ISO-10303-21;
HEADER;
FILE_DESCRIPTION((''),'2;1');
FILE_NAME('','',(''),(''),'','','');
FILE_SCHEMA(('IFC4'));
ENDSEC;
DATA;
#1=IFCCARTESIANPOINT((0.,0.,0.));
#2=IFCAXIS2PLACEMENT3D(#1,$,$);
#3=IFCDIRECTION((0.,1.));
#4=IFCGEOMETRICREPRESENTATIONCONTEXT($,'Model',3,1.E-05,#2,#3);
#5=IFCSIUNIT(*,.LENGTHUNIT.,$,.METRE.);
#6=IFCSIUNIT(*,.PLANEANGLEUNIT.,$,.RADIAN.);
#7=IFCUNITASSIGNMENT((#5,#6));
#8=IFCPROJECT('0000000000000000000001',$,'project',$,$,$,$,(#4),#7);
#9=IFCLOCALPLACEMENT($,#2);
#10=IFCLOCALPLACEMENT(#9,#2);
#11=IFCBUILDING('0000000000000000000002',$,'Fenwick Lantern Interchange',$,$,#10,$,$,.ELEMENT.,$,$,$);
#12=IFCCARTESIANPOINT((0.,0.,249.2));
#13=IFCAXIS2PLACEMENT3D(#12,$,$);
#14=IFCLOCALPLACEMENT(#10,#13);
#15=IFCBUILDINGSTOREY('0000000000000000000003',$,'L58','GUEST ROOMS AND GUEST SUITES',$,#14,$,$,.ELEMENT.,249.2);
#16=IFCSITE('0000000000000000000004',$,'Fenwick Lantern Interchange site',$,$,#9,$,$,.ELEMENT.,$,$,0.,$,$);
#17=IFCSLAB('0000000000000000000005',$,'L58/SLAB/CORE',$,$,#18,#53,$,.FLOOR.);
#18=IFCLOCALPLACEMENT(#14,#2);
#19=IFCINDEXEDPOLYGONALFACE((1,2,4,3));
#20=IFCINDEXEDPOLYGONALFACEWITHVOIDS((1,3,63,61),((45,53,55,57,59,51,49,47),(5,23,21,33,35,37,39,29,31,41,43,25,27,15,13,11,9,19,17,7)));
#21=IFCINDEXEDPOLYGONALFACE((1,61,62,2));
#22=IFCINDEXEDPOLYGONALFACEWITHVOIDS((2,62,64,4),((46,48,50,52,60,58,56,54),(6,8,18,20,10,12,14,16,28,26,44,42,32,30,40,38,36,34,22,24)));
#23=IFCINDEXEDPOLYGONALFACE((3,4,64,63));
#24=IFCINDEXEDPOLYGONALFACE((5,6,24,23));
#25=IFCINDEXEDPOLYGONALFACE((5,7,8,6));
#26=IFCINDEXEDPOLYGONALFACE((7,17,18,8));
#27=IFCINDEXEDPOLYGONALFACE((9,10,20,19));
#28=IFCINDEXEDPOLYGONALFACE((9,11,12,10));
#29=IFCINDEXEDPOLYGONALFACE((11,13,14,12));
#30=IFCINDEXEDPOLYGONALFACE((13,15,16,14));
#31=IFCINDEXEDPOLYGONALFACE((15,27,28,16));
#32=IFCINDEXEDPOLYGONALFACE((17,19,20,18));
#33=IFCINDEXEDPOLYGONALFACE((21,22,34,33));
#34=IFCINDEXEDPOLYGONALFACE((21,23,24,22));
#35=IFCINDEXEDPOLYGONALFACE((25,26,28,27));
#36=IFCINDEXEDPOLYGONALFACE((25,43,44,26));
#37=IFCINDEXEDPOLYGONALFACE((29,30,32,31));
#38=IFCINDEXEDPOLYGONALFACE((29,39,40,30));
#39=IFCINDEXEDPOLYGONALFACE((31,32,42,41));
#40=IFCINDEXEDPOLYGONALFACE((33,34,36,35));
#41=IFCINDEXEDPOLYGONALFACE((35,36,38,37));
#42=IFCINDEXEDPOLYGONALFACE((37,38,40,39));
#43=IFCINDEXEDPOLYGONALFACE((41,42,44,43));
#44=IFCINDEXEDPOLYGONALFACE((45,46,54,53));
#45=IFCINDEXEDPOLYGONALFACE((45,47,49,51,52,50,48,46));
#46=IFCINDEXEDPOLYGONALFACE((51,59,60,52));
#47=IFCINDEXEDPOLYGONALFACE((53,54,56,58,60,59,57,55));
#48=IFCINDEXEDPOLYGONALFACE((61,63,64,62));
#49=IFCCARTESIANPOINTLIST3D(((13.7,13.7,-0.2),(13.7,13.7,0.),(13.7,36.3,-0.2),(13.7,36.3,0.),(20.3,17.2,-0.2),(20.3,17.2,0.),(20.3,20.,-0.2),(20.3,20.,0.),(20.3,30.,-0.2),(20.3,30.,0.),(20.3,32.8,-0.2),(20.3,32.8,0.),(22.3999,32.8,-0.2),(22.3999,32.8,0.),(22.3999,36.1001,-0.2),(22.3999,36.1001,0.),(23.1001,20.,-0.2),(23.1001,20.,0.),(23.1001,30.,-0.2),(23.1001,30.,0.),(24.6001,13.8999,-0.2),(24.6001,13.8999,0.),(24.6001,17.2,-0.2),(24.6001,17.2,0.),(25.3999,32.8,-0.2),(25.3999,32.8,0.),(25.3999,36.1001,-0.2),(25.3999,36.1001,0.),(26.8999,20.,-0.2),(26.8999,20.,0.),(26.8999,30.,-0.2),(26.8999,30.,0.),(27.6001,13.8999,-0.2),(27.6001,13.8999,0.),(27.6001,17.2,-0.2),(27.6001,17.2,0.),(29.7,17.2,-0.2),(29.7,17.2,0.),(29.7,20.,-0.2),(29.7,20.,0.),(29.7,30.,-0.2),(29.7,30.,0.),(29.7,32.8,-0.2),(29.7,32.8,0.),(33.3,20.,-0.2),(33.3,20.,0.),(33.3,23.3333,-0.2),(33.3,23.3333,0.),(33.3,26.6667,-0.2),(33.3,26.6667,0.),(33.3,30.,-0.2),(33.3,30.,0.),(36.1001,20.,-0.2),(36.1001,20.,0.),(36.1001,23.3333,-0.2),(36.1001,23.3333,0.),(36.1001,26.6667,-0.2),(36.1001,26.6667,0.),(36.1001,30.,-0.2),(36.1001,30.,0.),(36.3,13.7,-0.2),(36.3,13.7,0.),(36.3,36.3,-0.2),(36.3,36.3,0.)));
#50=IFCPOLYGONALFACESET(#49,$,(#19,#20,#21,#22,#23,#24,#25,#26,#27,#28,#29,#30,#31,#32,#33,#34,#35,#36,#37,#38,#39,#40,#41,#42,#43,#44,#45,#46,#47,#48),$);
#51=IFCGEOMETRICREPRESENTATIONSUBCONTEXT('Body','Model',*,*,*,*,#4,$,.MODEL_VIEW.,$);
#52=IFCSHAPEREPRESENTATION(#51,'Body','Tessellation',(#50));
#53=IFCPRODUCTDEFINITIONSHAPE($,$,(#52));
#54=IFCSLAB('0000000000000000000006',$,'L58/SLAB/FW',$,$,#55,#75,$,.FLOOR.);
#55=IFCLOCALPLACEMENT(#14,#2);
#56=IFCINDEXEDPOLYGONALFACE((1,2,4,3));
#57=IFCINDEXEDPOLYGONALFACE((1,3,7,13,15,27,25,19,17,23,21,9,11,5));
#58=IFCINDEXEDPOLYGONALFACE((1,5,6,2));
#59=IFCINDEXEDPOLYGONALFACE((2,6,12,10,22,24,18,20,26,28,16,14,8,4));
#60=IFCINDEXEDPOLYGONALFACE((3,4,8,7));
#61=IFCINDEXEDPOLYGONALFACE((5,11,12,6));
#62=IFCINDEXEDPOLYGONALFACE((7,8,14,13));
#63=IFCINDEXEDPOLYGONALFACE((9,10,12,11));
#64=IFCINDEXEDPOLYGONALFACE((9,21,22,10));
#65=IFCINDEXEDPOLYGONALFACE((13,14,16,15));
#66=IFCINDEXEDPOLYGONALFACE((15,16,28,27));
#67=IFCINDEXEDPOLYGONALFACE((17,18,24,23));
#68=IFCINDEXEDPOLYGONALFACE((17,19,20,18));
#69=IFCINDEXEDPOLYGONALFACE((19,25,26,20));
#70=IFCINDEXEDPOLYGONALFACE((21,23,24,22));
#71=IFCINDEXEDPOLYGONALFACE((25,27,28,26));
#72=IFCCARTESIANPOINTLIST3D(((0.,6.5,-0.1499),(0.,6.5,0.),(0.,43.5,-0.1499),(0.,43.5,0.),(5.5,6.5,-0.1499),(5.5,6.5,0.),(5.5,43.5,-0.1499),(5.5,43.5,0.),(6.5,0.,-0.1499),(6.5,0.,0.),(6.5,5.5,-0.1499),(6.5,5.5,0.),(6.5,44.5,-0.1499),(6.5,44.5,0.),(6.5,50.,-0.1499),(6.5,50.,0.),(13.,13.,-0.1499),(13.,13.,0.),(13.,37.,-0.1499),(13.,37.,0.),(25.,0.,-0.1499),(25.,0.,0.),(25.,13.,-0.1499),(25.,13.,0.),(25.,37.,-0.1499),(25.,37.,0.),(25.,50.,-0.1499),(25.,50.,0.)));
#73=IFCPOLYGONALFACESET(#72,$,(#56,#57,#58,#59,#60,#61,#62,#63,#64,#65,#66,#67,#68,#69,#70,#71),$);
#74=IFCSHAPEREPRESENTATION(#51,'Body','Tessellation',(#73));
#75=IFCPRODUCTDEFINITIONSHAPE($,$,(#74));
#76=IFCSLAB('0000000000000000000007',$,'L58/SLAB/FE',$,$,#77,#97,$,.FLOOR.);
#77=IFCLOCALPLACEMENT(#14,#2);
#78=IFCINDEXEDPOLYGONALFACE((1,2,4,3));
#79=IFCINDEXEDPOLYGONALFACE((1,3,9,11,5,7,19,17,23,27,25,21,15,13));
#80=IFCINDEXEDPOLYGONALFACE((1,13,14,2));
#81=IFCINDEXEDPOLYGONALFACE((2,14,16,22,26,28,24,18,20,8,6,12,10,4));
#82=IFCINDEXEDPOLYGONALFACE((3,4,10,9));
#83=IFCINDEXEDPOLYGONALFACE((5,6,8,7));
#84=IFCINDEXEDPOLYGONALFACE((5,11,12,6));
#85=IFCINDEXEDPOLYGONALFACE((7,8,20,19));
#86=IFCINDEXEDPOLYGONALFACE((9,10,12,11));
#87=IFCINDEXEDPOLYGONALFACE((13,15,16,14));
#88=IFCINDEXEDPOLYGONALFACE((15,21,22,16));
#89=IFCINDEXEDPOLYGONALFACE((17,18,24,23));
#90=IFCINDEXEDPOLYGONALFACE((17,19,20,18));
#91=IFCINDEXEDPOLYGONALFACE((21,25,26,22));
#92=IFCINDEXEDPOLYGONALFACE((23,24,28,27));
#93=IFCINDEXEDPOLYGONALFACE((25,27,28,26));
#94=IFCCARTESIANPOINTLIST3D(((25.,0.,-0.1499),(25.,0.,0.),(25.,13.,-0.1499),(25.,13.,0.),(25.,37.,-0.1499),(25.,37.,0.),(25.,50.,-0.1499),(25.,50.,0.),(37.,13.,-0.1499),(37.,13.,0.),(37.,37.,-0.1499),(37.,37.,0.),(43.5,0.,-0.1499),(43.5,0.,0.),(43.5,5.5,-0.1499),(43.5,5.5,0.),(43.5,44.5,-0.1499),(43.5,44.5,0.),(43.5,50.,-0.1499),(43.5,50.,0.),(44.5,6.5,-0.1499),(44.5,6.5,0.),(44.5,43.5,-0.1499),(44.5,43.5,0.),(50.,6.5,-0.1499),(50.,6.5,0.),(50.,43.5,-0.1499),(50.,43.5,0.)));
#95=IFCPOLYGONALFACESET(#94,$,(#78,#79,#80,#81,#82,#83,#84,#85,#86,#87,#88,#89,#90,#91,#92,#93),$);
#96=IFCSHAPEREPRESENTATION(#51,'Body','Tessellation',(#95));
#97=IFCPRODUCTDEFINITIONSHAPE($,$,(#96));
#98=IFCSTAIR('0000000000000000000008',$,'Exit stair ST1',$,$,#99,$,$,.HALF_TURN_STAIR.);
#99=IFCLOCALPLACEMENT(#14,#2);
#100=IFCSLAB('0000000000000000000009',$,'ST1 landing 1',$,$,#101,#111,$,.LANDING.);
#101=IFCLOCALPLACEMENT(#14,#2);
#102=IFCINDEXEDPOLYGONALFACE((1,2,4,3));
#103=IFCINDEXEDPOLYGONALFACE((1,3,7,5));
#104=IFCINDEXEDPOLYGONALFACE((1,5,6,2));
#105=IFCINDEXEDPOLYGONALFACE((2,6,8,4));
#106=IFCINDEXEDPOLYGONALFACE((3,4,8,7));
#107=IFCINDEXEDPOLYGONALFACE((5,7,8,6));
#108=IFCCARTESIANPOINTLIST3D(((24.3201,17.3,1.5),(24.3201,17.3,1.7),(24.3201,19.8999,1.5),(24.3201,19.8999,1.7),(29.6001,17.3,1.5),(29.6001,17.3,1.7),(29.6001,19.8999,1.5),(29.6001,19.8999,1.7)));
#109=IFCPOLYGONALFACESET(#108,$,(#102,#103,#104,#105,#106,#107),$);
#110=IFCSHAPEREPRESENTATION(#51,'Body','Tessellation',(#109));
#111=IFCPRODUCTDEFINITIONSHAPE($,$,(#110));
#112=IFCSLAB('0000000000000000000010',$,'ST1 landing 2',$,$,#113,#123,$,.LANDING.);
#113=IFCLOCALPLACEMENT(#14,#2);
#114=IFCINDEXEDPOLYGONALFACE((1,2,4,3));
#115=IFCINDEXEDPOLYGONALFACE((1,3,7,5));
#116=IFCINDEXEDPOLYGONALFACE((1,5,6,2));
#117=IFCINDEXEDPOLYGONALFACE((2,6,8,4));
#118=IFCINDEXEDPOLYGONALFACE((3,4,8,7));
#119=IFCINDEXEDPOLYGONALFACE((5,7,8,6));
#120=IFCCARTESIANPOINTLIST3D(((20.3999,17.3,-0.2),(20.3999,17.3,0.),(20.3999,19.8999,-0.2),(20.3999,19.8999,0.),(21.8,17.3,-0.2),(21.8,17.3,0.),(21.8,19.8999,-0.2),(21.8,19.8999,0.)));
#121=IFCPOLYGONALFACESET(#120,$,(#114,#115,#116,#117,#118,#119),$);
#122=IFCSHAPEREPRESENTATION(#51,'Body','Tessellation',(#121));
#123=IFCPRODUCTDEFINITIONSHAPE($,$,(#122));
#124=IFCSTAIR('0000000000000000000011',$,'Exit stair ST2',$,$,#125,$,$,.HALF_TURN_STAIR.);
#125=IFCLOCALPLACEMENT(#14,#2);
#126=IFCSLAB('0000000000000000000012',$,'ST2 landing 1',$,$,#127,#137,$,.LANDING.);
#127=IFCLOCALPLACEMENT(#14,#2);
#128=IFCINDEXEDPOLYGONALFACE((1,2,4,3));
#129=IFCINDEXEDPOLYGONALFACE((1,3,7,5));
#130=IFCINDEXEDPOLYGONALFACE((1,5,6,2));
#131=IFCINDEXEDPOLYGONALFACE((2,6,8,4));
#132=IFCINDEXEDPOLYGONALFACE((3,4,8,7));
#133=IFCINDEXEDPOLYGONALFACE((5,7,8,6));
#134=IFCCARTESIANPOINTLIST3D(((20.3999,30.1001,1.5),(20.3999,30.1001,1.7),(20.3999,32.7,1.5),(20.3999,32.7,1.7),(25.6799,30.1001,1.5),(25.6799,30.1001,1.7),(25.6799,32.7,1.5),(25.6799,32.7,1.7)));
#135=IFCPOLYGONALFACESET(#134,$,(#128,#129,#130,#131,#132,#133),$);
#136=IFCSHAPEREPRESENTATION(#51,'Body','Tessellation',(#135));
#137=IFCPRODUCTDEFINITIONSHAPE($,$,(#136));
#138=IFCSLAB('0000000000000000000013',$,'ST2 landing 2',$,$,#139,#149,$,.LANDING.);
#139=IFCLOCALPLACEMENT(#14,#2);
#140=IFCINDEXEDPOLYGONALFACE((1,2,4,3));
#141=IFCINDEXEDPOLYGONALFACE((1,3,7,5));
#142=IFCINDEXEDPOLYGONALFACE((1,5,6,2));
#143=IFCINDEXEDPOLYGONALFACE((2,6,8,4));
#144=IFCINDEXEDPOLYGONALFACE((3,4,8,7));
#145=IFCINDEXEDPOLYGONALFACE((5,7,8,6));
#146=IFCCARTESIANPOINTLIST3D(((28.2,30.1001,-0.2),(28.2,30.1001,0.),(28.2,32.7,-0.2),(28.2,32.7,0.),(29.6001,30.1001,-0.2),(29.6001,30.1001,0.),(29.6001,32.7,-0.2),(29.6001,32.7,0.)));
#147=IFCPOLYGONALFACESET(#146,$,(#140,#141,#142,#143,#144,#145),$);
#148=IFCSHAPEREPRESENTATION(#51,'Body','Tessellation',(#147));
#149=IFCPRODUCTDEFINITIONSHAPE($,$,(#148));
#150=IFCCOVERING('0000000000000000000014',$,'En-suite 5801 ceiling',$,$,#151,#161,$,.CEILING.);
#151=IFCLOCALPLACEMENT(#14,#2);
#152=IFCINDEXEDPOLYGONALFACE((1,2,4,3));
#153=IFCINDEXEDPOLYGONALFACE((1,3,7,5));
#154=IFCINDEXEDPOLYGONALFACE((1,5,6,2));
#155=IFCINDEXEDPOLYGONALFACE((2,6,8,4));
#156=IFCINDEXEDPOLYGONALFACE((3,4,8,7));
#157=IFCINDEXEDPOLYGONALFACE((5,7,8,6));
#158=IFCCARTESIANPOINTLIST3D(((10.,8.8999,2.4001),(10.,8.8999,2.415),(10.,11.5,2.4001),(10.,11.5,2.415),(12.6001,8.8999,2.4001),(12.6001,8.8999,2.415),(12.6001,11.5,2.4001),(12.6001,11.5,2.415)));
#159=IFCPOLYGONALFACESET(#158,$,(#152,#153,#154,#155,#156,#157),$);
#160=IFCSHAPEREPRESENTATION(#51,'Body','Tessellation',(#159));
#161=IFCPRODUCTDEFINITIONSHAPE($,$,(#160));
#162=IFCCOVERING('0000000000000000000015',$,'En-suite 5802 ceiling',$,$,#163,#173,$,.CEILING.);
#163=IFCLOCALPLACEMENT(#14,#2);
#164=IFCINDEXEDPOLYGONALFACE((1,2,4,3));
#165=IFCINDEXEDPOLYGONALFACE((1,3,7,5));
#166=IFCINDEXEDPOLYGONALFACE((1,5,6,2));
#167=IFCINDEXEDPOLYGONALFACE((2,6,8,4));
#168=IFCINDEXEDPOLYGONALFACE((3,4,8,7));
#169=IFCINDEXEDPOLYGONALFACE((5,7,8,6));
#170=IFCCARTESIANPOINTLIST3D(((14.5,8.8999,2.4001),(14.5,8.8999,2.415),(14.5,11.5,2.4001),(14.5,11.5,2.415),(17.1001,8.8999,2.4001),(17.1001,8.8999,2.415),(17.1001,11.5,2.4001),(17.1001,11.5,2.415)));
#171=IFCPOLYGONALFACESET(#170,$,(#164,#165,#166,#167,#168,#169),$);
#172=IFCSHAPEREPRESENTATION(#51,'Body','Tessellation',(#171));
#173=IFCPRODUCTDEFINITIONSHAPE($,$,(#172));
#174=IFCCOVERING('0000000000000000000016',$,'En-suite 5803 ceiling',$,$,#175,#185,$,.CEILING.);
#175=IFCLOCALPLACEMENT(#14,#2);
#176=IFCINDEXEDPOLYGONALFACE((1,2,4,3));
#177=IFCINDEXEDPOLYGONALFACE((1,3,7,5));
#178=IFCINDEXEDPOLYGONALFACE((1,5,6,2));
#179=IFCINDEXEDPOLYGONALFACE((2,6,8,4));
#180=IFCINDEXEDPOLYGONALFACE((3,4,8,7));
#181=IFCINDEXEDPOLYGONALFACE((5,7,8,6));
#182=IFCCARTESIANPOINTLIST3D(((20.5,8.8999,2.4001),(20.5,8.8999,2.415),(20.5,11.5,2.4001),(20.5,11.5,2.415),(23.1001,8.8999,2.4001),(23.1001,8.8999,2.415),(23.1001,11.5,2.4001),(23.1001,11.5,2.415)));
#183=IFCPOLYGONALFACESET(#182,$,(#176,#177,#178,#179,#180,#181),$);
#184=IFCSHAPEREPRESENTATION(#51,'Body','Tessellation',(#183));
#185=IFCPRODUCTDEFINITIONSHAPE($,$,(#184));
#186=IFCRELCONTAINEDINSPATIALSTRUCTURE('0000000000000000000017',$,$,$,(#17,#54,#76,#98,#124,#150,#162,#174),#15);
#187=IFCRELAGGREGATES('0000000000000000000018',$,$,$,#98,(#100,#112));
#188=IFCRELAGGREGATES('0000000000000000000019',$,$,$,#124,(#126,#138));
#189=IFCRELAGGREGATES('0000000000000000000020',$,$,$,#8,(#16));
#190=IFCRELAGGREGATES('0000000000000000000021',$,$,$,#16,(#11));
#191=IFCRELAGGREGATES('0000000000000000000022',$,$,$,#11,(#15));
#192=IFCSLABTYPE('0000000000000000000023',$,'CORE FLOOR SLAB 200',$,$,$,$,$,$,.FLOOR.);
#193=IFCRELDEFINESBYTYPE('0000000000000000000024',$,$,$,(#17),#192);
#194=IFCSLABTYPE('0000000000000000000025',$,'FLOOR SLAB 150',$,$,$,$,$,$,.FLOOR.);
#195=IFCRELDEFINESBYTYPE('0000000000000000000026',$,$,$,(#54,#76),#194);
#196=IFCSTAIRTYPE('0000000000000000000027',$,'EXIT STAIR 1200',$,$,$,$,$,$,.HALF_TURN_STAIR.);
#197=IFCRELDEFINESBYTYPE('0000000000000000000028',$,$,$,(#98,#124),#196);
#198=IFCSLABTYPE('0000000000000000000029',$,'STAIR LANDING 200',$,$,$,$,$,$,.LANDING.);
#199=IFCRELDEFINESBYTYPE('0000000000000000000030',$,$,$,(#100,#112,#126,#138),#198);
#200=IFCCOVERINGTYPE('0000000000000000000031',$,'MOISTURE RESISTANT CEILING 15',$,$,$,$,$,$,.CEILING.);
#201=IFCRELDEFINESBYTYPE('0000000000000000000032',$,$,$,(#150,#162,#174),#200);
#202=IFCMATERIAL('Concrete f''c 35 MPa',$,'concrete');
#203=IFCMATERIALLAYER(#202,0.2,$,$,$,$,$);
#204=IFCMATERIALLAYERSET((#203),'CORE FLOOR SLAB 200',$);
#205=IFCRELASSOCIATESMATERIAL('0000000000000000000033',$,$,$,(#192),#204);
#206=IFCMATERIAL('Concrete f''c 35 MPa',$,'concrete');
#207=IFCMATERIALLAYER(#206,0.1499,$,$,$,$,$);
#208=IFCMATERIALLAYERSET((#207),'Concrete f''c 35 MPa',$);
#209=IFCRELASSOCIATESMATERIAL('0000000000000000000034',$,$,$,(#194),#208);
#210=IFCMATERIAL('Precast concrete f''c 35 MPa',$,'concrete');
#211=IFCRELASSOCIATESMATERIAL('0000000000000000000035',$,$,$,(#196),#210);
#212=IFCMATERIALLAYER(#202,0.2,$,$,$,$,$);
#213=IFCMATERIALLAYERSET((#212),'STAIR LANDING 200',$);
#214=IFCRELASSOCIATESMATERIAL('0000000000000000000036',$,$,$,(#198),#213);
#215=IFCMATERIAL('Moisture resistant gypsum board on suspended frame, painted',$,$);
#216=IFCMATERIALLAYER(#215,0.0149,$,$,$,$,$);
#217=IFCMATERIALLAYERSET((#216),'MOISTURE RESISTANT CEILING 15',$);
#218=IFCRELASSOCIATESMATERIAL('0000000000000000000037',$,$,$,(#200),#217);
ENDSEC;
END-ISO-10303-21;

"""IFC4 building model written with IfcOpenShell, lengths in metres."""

from ifc_helpers import new_model, si_unit, direction, frame, origin, place, context, subcontext, project, spatial, polyline, outline, extrude, material, layer, layer_set, type_object, element, aggregate, save


model = new_model("IFC4")

# Units and contexts
model_context = context("Model", 3, precision=1e-05, world=origin(), true_north=direction((0.0, 1.0)))
body_context = subcontext(model_context, "Body", "Model", "MODEL_VIEW")
ifc_project = project(units=[si_unit("LENGTHUNIT", "METRE"), si_unit("PLANEANGLEUNIT", "RADIAN")], contexts=[model_context])

# Site, building, storey
site_placement = place(None, origin())
site = spatial("IfcSite", under=ifc_project, at=site_placement, Name="Fenwick Lantern Interchange site", CompositionType="ELEMENT", RefElevation=0.0)
building_placement = place(site_placement, origin())
building = spatial("IfcBuilding", under=site, at=building_placement, Name="Fenwick Lantern Interchange", CompositionType="ELEMENT")
storey_placement = place(building_placement, frame((0.0, 0.0, 249.2)))
storey = spatial("IfcBuildingStorey", under=building, at=storey_placement, Name="L58", Description="GUEST ROOMS AND GUEST SUITES", CompositionType="ELEMENT", Elevation=249.2)

# Slabs
ifc_material_1 = material(Name="Concrete f'c 35 MPa", Category="concrete")
ifc_layer_1 = layer(ifc_material_1, 0.2)
ifc_layer_set_1 = layer_set([ifc_layer_1], Name="CORE FLOOR SLAB 200")
slab_type_1 = type_object("IfcSlabType", Name="CORE FLOOR SLAB 200", PredefinedType="FLOOR", material=ifc_layer_set_1)
slab_1_placement = place(storey_placement, frame((0.0, 0.0, -0.2)))
element("IfcSlab", 1, at=slab_1_placement, inside=storey, type_object=slab_type_1, Name="L58/SLAB/CORE", PredefinedType="FLOOR", context=body_context, shape_type="SweptSolid", body=[
    extrude(outline(polyline([(13.7, 36.3), (36.3, 36.3), (36.3, 13.7), (13.7, 13.7), (13.7, 36.3)]), holes=[polyline([(24.6001, 13.8999), (27.6001, 13.8999), (27.6001, 17.2), (29.7, 17.2), (29.7, 20.0), (26.8999, 20.0), (26.8999, 30.0), (29.7, 30.0), (29.7, 32.8), (25.3999, 32.8), (25.3999, 36.1001), (22.3999, 36.1001), (22.3999, 32.8), (20.3, 32.8), (20.3, 30.0), (23.1001, 30.0), (23.1001, 20.0), (20.3, 20.0), (20.3, 17.2), (24.6001, 17.2), (24.6001, 13.8999)]), polyline([(33.3, 20.0), (36.1001, 20.0), (36.1001, 23.3333), (36.1001, 26.6667), (36.1001, 30.0), (33.3, 30.0), (33.3, 26.6667), (33.3, 23.3333), (33.3, 20.0)])]), origin(), (0.0, 0.0, 1.0), 0.2),
])
ifc_material_2 = material(Name="Concrete f'c 35 MPa", Category="concrete")
ifc_layer_2 = layer(ifc_material_2, 0.1499)
ifc_layer_set_2 = layer_set([ifc_layer_2], Name="Concrete f'c 35 MPa")
slab_type_2 = type_object("IfcSlabType", Name="FLOOR SLAB 150", PredefinedType="FLOOR", material=ifc_layer_set_2)
slab_2_placement = place(storey_placement, frame((0.0, 0.0, -0.1499)))
element("IfcSlab", 2, at=slab_2_placement, inside=storey, type_object=slab_type_2, Name="L58/SLAB/FW", PredefinedType="FLOOR", context=body_context, shape_type="SweptSolid", body=[
    extrude(outline(polyline([(6.5, 0.0), (6.5, 5.5), (5.5, 6.5), (0.0, 6.5), (0.0, 43.5), (5.5, 43.5), (6.5, 44.5), (6.5, 50.0), (25.0, 50.0), (25.0, 37.0), (13.0, 37.0), (13.0, 13.0), (25.0, 13.0), (25.0, 0.0), (6.5, 0.0)])), origin(), (0.0, 0.0, 1.0), 0.1499),
])
slab_3_placement = place(storey_placement, frame((0.0, 0.0, -0.1499)))
element("IfcSlab", 3, at=slab_3_placement, inside=storey, type_object=slab_type_2, Name="L58/SLAB/FE", PredefinedType="FLOOR", context=body_context, shape_type="SweptSolid", body=[
    extrude(outline(polyline([(43.5, 50.0), (43.5, 44.5), (44.5, 43.5), (50.0, 43.5), (50.0, 6.5), (44.5, 6.5), (43.5, 5.5), (43.5, 0.0), (25.0, 0.0), (25.0, 13.0), (37.0, 13.0), (37.0, 37.0), (25.0, 37.0), (25.0, 50.0), (43.5, 50.0)])), origin(), (0.0, 0.0, 1.0), 0.1499),
])

# Stairs, slabs
ifc_material_3 = material(Name="Precast concrete f'c 35 MPa", Category="concrete")
stair_type = type_object("IfcStairType", Name="EXIT STAIR 1200", PredefinedType="HALF_TURN_STAIR", material=ifc_material_3)
stair_1_placement = place(storey_placement, origin())
stair_1 = element("IfcStair", 4, at=stair_1_placement, inside=storey, type_object=stair_type, Name="Exit stair ST1", PredefinedType="HALF_TURN_STAIR")
ifc_layer_3 = layer(ifc_material_1, 0.2)
ifc_layer_set_3 = layer_set([ifc_layer_3], Name="STAIR LANDING 200")
slab_type_3 = type_object("IfcSlabType", Name="STAIR LANDING 200", PredefinedType="LANDING", material=ifc_layer_set_3)
slab_4_placement = place(storey_placement, frame((0.0, 0.0, 1.5)))
slab_4 = element("IfcSlab", 5, at=slab_4_placement, type_object=slab_type_3, Name="ST1 landing 1", PredefinedType="LANDING", context=body_context, shape_type="SweptSolid", body=[
    extrude(outline(polyline([(24.3201, 17.3), (29.6001, 17.3), (29.6001, 19.8999), (24.3201, 19.8999), (24.3201, 17.3)])), origin(), (0.0, 0.0, 1.0), 0.2),
])
slab_5_placement = place(storey_placement, frame((0.0, 0.0, -0.2)))
slab_5 = element("IfcSlab", 6, at=slab_5_placement, type_object=slab_type_3, Name="ST1 landing 2", PredefinedType="LANDING", context=body_context, shape_type="SweptSolid", body=[
    extrude(outline(polyline([(20.3999, 17.3), (21.8, 17.3), (21.8, 19.8999), (20.3999, 19.8999), (20.3999, 17.3)])), origin(), (0.0, 0.0, 1.0), 0.2),
])
aggregate(stair_1, [slab_4, slab_5])
stair_2_placement = place(storey_placement, origin())
stair_2 = element("IfcStair", 7, at=stair_2_placement, inside=storey, type_object=stair_type, Name="Exit stair ST2", PredefinedType="HALF_TURN_STAIR")
slab_6_placement = place(storey_placement, frame((0.0, 0.0, 1.5)))
slab_6 = element("IfcSlab", 8, at=slab_6_placement, type_object=slab_type_3, Name="ST2 landing 1", PredefinedType="LANDING", context=body_context, shape_type="SweptSolid", body=[
    extrude(outline(polyline([(25.6799, 32.7), (20.3999, 32.7), (20.3999, 30.1001), (25.6799, 30.1001), (25.6799, 32.7)])), origin(), (0.0, 0.0, 1.0), 0.2),
])
slab_7_placement = place(storey_placement, frame((0.0, 0.0, -0.2)))
slab_7 = element("IfcSlab", 9, at=slab_7_placement, type_object=slab_type_3, Name="ST2 landing 2", PredefinedType="LANDING", context=body_context, shape_type="SweptSolid", body=[
    extrude(outline(polyline([(29.6001, 32.7), (28.2, 32.7), (28.2, 30.1001), (29.6001, 30.1001), (29.6001, 32.7)])), origin(), (0.0, 0.0, 1.0), 0.2),
])
aggregate(stair_2, [slab_6, slab_7])

# Coverings
ifc_material_4 = material(Name="Moisture resistant gypsum board on suspended frame, painted")
ifc_layer_4 = layer(ifc_material_4, 0.0149)
ifc_layer_set_4 = layer_set([ifc_layer_4], Name="MOISTURE RESISTANT CEILING 15")
covering_type_1 = type_object("IfcCoveringType", Name="MOISTURE RESISTANT CEILING 15", PredefinedType="CEILING", material=ifc_layer_set_4)
covering_1_placement = place(storey_placement, frame((0.0, 0.0, 2.4001)))
element("IfcCovering", 10, at=covering_1_placement, inside=storey, type_object=covering_type_1, Name="En-suite 5801 ceiling", PredefinedType="CEILING", context=body_context, shape_type="SweptSolid", body=[
    extrude(outline(polyline([(10.0, 8.8999), (12.6001, 8.8999), (12.6001, 11.5), (10.0, 11.5), (10.0, 8.8999)])), origin(), (0.0, 0.0, 1.0), 0.0149),
])
covering_2_placement = place(storey_placement, frame((0.0, 0.0, 2.4001)))
element("IfcCovering", 11, at=covering_2_placement, inside=storey, type_object=covering_type_1, Name="En-suite 5802 ceiling", PredefinedType="CEILING", context=body_context, shape_type="SweptSolid", body=[
    extrude(outline(polyline([(14.5, 8.8999), (17.1001, 8.8999), (17.1001, 11.5), (14.5, 11.5), (14.5, 8.8999)])), origin(), (0.0, 0.0, 1.0), 0.0149),
])
covering_3_placement = place(storey_placement, frame((0.0, 0.0, 2.4001)))
element("IfcCovering", 12, at=covering_3_placement, inside=storey, type_object=covering_type_1, Name="En-suite 5803 ceiling", PredefinedType="CEILING", context=body_context, shape_type="SweptSolid", body=[
    extrude(outline(polyline([(20.5, 8.8999), (23.1001, 8.8999), (23.1001, 11.5), (20.5, 11.5), (20.5, 8.8999)])), origin(), (0.0, 0.0, 1.0), 0.0149),
])

save(model, "model.ifc")
